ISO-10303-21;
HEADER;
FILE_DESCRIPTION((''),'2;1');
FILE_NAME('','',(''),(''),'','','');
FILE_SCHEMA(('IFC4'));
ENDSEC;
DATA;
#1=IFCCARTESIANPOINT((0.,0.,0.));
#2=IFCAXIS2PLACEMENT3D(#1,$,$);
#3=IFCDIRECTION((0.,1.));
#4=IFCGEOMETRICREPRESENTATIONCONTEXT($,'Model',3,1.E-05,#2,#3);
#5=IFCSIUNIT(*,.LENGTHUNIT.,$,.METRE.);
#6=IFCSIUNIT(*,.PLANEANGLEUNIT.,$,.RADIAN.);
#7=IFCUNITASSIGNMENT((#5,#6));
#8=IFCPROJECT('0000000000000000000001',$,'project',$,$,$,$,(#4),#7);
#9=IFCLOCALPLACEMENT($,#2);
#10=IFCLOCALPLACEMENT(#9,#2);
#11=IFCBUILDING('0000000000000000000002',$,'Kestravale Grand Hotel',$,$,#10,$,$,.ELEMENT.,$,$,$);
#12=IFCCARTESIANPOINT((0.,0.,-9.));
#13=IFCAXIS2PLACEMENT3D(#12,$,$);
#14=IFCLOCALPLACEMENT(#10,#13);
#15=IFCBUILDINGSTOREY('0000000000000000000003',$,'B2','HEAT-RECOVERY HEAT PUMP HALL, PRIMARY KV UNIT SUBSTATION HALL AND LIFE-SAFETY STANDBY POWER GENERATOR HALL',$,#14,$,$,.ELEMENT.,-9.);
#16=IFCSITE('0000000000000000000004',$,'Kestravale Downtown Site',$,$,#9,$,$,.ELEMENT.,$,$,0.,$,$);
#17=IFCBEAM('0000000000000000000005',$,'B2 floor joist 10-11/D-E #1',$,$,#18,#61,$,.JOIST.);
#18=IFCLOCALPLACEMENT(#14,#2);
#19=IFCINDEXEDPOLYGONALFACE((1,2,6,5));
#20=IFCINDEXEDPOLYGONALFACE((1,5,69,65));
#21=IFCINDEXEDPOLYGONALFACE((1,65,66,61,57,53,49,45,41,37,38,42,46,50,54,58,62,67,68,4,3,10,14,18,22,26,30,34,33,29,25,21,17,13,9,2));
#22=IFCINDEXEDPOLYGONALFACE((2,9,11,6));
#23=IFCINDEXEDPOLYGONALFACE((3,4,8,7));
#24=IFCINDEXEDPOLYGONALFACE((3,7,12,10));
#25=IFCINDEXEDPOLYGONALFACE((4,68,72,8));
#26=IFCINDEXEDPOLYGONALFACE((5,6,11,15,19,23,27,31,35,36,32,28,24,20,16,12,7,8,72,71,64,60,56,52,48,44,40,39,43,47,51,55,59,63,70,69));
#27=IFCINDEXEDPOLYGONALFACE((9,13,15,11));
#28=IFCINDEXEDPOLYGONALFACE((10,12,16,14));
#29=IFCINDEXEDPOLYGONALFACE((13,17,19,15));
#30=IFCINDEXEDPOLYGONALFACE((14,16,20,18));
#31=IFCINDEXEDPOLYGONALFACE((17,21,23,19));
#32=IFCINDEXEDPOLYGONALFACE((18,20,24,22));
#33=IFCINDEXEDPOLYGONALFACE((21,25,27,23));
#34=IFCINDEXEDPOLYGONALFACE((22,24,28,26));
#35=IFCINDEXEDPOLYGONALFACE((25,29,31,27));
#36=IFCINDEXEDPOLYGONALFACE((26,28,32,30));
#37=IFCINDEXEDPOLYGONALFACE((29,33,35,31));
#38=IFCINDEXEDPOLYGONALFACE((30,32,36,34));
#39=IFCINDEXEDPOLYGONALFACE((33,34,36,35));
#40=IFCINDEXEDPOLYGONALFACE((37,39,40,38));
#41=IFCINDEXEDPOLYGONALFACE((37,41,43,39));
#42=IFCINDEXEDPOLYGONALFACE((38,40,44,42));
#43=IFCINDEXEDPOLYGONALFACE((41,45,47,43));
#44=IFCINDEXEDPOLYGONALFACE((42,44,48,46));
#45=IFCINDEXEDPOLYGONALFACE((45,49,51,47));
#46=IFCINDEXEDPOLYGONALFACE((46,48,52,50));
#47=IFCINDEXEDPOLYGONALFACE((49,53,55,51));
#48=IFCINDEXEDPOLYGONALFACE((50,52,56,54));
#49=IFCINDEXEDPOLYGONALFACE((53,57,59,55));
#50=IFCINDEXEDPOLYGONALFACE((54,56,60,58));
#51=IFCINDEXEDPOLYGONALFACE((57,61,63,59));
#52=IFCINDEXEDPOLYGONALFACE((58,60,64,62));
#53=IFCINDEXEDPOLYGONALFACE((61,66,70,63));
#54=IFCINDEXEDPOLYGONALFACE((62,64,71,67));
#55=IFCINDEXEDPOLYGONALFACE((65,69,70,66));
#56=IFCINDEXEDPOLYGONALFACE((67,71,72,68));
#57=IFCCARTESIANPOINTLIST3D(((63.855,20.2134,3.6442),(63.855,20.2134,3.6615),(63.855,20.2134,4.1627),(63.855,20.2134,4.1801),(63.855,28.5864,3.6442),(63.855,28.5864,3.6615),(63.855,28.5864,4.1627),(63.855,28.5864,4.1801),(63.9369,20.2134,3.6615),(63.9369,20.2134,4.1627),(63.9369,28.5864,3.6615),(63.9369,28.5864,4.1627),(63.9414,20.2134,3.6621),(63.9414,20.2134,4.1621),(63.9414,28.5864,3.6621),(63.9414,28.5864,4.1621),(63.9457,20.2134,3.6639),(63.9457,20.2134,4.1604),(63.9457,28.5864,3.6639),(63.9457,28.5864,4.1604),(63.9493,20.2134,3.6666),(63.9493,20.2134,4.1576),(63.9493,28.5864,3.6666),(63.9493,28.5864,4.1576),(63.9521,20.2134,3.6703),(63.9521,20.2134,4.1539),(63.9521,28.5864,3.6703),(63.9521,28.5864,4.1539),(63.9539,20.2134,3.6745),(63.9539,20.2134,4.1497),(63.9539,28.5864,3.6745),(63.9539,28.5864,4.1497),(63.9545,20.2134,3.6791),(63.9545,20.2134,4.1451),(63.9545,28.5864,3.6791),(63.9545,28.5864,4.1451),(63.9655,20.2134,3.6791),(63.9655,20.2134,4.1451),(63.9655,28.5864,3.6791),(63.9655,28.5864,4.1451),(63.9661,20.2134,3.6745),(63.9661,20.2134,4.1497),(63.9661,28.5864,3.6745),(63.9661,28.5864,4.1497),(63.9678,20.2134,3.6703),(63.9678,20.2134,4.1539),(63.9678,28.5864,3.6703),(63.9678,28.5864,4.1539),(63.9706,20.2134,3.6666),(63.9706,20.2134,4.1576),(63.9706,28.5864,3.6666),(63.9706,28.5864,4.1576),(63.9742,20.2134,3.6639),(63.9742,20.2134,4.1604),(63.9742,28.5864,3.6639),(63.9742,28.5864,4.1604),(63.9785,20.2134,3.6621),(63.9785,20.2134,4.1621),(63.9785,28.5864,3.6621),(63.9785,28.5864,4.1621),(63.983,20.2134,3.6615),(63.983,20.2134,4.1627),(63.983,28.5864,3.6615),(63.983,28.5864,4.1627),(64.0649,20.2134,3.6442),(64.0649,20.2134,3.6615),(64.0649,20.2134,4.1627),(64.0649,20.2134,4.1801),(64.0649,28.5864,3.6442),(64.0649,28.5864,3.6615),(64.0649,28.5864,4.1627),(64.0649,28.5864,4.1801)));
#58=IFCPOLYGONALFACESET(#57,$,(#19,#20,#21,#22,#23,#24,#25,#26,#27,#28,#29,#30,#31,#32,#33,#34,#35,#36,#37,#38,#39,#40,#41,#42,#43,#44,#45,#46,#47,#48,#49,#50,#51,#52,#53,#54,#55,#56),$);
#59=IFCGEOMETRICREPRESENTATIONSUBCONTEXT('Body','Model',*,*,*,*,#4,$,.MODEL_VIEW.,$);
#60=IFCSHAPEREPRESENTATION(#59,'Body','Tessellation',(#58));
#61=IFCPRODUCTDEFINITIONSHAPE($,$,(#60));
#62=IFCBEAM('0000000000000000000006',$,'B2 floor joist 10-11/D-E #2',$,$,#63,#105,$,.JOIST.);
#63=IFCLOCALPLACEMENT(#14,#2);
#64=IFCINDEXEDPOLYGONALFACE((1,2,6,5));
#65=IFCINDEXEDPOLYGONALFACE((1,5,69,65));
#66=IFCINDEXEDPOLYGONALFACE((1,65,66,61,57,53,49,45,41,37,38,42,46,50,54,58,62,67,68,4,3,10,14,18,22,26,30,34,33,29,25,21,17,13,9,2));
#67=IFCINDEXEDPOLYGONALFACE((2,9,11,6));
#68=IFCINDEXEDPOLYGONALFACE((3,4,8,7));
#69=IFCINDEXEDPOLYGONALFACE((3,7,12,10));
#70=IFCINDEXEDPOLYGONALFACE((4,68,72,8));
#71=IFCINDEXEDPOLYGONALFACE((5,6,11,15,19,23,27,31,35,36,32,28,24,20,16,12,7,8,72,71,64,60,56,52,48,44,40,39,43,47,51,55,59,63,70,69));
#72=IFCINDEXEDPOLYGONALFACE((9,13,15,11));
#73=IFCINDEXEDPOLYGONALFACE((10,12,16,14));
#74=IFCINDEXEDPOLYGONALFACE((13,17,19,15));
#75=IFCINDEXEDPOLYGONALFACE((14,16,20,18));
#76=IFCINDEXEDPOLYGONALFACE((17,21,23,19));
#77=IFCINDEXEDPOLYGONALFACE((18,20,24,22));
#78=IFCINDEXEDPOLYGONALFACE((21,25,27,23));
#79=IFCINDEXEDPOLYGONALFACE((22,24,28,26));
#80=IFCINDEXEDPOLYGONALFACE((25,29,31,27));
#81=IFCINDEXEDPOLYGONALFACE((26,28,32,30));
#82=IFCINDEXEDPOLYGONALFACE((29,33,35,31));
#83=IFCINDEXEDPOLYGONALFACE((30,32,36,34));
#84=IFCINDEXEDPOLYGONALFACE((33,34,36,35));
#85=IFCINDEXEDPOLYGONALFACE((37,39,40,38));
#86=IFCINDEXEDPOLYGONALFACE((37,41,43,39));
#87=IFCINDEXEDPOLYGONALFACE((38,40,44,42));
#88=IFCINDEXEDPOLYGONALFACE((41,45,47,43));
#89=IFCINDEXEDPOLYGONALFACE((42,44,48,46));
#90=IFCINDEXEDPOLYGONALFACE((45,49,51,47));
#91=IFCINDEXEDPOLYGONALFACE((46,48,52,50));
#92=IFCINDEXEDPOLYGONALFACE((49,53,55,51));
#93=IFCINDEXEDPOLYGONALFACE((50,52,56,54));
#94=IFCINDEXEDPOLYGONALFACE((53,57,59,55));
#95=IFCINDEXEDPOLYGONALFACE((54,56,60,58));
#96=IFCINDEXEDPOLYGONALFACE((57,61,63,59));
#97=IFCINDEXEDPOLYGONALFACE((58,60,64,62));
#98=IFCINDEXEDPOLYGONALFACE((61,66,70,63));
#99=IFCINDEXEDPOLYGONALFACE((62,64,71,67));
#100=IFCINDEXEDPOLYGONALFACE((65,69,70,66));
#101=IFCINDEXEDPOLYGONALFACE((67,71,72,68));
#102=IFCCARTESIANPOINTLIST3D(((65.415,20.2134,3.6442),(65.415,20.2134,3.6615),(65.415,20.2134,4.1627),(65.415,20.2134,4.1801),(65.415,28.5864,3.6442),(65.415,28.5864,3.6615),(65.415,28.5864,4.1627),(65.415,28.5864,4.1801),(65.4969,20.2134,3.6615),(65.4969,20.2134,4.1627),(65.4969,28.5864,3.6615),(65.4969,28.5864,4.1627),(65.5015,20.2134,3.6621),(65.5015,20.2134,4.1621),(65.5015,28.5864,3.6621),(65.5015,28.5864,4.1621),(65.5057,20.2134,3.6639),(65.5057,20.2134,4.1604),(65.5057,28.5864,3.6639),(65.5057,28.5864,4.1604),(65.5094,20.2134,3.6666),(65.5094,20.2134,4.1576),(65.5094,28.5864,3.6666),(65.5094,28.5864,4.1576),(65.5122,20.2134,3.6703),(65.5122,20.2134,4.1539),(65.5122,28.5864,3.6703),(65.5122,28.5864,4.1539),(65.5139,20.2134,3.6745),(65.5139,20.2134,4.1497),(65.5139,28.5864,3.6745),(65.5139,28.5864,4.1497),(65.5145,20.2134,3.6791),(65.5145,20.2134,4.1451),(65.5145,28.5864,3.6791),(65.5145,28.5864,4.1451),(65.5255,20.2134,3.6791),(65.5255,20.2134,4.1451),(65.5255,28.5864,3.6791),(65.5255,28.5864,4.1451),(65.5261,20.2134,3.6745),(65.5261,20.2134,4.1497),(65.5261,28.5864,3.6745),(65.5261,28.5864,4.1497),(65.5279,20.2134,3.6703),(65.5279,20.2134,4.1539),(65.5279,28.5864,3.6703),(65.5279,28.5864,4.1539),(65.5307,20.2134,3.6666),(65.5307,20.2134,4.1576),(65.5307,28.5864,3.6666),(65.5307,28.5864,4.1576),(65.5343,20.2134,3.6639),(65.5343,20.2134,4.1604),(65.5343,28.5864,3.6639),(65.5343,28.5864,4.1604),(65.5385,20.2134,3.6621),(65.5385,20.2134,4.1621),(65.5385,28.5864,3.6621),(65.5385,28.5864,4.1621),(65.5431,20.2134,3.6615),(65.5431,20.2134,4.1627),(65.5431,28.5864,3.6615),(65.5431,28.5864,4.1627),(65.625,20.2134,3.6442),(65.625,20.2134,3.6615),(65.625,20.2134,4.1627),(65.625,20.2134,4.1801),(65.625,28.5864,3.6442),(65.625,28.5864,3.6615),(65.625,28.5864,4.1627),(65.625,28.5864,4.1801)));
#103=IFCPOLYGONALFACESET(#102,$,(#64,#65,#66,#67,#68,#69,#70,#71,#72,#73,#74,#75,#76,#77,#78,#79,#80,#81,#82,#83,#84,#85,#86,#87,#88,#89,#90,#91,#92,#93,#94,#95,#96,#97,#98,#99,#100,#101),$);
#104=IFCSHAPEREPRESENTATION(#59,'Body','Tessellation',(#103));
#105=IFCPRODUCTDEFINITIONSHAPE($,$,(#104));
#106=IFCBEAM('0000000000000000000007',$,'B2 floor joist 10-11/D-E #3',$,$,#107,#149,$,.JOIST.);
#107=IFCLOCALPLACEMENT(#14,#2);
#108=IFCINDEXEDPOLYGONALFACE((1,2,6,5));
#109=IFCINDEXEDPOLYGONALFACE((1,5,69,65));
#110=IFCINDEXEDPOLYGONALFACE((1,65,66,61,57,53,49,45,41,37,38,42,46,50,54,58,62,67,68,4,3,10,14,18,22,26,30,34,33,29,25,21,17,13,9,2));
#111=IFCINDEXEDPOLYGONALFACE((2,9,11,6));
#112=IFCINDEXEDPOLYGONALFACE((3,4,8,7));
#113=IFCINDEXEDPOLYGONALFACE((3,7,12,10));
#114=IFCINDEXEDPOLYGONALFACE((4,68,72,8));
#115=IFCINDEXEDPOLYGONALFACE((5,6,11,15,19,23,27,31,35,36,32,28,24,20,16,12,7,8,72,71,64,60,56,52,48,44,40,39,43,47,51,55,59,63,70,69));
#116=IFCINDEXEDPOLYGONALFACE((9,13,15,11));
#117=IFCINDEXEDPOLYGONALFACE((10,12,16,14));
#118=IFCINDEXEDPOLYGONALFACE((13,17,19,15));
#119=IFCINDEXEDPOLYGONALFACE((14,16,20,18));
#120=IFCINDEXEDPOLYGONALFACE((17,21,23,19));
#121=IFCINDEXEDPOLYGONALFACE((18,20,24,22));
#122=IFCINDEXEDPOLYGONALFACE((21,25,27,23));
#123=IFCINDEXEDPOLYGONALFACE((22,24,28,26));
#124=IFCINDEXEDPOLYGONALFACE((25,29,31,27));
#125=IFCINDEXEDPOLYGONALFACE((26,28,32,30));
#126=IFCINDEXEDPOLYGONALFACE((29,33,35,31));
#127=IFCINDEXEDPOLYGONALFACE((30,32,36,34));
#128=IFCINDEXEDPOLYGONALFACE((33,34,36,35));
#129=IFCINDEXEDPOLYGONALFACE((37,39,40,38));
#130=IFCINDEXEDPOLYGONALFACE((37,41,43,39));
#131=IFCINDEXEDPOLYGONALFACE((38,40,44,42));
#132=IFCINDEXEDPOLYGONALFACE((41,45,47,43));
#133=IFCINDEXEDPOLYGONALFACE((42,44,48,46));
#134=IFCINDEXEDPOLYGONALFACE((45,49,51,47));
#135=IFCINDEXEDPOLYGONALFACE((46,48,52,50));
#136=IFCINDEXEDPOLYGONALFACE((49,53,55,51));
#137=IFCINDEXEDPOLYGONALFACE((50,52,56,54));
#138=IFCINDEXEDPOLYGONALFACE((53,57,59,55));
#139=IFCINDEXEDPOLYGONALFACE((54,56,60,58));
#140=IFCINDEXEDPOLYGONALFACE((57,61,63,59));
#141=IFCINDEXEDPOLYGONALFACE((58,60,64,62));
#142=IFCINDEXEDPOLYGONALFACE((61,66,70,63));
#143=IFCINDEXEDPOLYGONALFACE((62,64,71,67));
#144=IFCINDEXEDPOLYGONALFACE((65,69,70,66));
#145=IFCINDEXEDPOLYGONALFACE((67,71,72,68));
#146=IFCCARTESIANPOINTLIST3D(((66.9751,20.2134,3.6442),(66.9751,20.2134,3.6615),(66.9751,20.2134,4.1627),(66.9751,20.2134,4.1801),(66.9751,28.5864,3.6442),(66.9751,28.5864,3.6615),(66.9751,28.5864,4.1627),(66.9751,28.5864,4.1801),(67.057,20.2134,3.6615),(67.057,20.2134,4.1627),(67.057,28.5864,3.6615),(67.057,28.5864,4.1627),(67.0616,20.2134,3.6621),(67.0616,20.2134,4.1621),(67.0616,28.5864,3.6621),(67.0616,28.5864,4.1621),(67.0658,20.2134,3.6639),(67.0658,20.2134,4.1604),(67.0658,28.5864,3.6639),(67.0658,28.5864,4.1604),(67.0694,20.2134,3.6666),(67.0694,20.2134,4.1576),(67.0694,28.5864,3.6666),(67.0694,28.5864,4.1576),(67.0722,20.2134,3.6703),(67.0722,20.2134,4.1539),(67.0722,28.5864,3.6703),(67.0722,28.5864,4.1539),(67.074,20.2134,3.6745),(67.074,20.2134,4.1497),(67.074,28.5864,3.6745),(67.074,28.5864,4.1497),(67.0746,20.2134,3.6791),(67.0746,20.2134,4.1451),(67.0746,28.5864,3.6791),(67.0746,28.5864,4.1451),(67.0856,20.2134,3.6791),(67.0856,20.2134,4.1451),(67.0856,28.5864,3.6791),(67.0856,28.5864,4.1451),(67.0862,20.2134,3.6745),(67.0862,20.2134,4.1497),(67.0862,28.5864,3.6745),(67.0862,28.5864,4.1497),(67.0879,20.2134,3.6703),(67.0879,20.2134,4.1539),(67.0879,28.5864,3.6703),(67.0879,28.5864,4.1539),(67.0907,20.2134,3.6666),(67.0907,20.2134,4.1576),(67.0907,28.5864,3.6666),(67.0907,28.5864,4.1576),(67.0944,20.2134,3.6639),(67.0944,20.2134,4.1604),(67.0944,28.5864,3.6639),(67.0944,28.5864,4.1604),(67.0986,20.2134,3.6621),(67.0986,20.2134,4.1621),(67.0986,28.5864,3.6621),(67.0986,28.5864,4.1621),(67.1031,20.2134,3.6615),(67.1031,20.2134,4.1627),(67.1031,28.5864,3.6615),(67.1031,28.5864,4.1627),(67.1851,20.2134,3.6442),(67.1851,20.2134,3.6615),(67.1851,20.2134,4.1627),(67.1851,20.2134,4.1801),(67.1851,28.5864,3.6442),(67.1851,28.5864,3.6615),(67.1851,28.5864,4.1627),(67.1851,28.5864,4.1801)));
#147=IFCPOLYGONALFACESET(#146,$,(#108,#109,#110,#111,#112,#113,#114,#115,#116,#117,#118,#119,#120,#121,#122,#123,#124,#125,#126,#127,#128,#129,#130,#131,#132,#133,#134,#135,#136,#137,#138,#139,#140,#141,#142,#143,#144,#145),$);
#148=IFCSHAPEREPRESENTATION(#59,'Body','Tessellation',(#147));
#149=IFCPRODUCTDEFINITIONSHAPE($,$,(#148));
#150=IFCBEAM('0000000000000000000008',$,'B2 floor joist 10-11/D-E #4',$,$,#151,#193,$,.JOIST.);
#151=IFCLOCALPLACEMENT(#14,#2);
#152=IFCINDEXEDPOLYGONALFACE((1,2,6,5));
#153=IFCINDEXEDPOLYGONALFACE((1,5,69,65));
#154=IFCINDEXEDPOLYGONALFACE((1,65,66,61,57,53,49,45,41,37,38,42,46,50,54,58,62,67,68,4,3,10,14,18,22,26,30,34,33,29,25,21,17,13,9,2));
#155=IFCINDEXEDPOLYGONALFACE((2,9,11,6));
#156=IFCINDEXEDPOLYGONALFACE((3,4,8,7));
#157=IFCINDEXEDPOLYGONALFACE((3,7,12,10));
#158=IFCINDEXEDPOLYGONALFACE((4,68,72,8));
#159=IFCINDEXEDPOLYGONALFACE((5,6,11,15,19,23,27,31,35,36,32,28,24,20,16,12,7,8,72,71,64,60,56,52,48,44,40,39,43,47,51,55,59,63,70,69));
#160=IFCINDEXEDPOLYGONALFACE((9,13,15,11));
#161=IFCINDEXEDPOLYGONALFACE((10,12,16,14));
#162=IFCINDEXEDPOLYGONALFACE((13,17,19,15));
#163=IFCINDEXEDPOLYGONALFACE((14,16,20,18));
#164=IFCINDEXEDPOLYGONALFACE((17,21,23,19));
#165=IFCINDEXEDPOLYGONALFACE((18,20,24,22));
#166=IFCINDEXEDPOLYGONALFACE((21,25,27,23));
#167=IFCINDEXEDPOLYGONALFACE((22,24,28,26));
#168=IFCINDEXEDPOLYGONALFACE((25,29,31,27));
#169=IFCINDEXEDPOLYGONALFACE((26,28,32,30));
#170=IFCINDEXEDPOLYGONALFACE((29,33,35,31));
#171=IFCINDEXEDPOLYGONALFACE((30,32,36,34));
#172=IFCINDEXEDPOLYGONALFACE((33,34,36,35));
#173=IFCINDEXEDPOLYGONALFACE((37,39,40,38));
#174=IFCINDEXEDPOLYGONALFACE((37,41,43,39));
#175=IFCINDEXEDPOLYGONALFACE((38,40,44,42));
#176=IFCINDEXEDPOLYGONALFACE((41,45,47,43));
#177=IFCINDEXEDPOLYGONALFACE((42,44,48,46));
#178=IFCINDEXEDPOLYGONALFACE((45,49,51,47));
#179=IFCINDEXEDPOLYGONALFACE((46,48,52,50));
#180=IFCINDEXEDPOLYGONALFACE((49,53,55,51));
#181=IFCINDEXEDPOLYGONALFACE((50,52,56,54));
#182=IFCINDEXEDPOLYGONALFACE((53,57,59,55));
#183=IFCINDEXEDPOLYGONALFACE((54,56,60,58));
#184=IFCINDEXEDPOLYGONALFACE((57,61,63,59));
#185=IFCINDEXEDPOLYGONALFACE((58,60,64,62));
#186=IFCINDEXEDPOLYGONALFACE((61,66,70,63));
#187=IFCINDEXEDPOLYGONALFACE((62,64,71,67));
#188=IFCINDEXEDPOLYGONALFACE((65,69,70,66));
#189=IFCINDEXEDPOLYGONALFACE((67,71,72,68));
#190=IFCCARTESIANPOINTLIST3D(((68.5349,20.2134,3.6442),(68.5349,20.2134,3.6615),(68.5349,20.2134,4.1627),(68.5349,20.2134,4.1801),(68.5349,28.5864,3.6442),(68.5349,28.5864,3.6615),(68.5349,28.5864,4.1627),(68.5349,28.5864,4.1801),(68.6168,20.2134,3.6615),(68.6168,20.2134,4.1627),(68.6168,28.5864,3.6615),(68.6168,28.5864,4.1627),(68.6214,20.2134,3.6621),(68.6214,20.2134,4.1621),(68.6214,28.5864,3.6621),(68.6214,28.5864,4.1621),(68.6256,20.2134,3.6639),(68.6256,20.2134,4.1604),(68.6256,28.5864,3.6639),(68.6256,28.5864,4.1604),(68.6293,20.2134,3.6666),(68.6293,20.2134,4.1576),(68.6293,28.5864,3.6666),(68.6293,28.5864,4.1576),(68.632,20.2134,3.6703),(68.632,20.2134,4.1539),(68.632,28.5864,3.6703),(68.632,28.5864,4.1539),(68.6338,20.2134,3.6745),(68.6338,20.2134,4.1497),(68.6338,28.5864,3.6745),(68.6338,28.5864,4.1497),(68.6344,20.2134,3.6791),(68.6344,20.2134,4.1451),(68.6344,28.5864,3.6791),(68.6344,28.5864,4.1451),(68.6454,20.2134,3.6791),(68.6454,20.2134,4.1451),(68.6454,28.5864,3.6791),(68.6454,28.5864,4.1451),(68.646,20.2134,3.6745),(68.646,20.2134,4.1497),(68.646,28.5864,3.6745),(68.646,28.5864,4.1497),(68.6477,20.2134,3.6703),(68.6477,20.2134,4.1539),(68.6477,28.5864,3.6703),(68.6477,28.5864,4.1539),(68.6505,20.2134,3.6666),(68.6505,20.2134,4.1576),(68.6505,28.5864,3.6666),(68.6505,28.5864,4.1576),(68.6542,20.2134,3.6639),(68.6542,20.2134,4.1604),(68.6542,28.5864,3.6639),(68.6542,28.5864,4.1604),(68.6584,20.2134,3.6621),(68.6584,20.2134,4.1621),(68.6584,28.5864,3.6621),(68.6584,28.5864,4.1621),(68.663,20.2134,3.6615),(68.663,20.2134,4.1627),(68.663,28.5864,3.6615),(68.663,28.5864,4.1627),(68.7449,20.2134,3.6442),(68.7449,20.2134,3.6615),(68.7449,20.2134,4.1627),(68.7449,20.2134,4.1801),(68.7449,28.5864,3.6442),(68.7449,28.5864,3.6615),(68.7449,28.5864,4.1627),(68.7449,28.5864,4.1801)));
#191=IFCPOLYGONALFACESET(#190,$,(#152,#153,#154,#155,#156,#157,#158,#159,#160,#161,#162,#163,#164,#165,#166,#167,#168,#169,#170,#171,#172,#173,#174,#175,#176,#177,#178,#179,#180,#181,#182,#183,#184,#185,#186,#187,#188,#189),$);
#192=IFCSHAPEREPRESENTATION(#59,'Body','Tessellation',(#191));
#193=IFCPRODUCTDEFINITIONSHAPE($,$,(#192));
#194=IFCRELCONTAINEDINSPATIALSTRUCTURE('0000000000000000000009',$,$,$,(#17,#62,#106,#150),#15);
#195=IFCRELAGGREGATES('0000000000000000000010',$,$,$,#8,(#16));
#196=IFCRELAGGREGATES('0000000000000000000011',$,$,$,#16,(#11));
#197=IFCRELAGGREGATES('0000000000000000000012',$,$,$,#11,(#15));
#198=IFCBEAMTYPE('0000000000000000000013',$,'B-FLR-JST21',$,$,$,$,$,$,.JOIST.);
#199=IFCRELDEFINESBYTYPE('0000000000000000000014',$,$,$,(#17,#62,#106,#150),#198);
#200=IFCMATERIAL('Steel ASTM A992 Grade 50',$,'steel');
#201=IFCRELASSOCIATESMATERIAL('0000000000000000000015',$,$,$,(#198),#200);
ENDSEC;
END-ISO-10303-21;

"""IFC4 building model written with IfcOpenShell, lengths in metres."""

from ifc_helpers import new_model, si_unit, direction, frame, origin, origin_2d, place, context, subcontext, project, spatial, i_section, extrude, material, material_profile, profile_set, type_object, element, save


model = new_model("IFC4")

# Units and contexts
model_context = context("Model", 3, precision=1e-05, world=origin(), true_north=direction((0.0, 1.0)))
body_context = subcontext(model_context, "Body", "Model", "MODEL_VIEW")
ifc_project = project(units=[si_unit("LENGTHUNIT", "METRE"), si_unit("PLANEANGLEUNIT", "RADIAN")], contexts=[model_context])

# Site, building, storey
site_placement = place(None, origin())
site = spatial("IfcSite", under=ifc_project, at=site_placement, Name="Kestravale Downtown Site", CompositionType="ELEMENT", RefElevation=0.0)
building_placement = place(site_placement, origin())
building = spatial("IfcBuilding", under=site, at=building_placement, Name="Kestravale Grand Hotel", CompositionType="ELEMENT")
storey_placement = place(building_placement, frame((0.0, 0.0, -9.0)))
storey = spatial("IfcBuildingStorey", under=building, at=storey_placement, Name="B2", Description="HEAT-RECOVERY HEAT PUMP HALL, PRIMARY KV UNIT SUBSTATION HALL AND LIFE-SAFETY STANDBY POWER GENERATOR HALL", CompositionType="ELEMENT", Elevation=-9.0)

# Beams
ifc_material_1 = material(Name="Steel ASTM A992 Grade 50", Category="steel")
ifc_material_profile_1 = material_profile(ifc_material_1, i_section(OverallWidth=0.21, OverallDepth=0.5359, WebThickness=0.011, FlangeThickness=0.0173, FilletRadius=0.0176, at=origin_2d()))
ifc_profile_set_1 = profile_set([ifc_material_profile_1], Name="Steel ASTM A992 Grade 50")
beam_type_1 = type_object("IfcBeamType", Name="B-FLR-JST21", PredefinedType="JOIST", material=ifc_profile_set_1)
for number, where, z_axis, x_axis, name in (
    (1, (63.96, 20.2134, 3.9121), (0.0, 1.0, 0.0), (-1.0, 0.0, 0.0), "B2 floor joist 10-11/D-E #1"),
    (2, (65.52, 20.2134, 3.9121), (0.0, 1.0, 0.0), (-1.0, 0.0, 0.0), "B2 floor joist 10-11/D-E #2"),
    (3, (67.0801, 20.2134, 3.9121), (0.0, 1.0, 0.0), (-1.0, 0.0, 0.0), "B2 floor joist 10-11/D-E #3"),
    (4, (68.6399, 20.2134, 3.9121), (0.0, 1.0, 0.0), (-1.0, 0.0, 0.0), "B2 floor joist 10-11/D-E #4"),
):
    element("IfcBeam", number, at=place(storey_placement, frame(where, z_axis=z_axis, x_axis=x_axis)), inside=storey, type_object=beam_type_1, Name=name, PredefinedType="JOIST", context=body_context, shape_type="SweptSolid", body=[
        extrude(i_section(OverallWidth=0.21, OverallDepth=0.5359, WebThickness=0.011, FlangeThickness=0.0173, FilletRadius=0.0176, at=origin_2d()), origin(), (0.0, 0.0, 1.0), 8.373),
    ])

save(model, "model.ifc")
